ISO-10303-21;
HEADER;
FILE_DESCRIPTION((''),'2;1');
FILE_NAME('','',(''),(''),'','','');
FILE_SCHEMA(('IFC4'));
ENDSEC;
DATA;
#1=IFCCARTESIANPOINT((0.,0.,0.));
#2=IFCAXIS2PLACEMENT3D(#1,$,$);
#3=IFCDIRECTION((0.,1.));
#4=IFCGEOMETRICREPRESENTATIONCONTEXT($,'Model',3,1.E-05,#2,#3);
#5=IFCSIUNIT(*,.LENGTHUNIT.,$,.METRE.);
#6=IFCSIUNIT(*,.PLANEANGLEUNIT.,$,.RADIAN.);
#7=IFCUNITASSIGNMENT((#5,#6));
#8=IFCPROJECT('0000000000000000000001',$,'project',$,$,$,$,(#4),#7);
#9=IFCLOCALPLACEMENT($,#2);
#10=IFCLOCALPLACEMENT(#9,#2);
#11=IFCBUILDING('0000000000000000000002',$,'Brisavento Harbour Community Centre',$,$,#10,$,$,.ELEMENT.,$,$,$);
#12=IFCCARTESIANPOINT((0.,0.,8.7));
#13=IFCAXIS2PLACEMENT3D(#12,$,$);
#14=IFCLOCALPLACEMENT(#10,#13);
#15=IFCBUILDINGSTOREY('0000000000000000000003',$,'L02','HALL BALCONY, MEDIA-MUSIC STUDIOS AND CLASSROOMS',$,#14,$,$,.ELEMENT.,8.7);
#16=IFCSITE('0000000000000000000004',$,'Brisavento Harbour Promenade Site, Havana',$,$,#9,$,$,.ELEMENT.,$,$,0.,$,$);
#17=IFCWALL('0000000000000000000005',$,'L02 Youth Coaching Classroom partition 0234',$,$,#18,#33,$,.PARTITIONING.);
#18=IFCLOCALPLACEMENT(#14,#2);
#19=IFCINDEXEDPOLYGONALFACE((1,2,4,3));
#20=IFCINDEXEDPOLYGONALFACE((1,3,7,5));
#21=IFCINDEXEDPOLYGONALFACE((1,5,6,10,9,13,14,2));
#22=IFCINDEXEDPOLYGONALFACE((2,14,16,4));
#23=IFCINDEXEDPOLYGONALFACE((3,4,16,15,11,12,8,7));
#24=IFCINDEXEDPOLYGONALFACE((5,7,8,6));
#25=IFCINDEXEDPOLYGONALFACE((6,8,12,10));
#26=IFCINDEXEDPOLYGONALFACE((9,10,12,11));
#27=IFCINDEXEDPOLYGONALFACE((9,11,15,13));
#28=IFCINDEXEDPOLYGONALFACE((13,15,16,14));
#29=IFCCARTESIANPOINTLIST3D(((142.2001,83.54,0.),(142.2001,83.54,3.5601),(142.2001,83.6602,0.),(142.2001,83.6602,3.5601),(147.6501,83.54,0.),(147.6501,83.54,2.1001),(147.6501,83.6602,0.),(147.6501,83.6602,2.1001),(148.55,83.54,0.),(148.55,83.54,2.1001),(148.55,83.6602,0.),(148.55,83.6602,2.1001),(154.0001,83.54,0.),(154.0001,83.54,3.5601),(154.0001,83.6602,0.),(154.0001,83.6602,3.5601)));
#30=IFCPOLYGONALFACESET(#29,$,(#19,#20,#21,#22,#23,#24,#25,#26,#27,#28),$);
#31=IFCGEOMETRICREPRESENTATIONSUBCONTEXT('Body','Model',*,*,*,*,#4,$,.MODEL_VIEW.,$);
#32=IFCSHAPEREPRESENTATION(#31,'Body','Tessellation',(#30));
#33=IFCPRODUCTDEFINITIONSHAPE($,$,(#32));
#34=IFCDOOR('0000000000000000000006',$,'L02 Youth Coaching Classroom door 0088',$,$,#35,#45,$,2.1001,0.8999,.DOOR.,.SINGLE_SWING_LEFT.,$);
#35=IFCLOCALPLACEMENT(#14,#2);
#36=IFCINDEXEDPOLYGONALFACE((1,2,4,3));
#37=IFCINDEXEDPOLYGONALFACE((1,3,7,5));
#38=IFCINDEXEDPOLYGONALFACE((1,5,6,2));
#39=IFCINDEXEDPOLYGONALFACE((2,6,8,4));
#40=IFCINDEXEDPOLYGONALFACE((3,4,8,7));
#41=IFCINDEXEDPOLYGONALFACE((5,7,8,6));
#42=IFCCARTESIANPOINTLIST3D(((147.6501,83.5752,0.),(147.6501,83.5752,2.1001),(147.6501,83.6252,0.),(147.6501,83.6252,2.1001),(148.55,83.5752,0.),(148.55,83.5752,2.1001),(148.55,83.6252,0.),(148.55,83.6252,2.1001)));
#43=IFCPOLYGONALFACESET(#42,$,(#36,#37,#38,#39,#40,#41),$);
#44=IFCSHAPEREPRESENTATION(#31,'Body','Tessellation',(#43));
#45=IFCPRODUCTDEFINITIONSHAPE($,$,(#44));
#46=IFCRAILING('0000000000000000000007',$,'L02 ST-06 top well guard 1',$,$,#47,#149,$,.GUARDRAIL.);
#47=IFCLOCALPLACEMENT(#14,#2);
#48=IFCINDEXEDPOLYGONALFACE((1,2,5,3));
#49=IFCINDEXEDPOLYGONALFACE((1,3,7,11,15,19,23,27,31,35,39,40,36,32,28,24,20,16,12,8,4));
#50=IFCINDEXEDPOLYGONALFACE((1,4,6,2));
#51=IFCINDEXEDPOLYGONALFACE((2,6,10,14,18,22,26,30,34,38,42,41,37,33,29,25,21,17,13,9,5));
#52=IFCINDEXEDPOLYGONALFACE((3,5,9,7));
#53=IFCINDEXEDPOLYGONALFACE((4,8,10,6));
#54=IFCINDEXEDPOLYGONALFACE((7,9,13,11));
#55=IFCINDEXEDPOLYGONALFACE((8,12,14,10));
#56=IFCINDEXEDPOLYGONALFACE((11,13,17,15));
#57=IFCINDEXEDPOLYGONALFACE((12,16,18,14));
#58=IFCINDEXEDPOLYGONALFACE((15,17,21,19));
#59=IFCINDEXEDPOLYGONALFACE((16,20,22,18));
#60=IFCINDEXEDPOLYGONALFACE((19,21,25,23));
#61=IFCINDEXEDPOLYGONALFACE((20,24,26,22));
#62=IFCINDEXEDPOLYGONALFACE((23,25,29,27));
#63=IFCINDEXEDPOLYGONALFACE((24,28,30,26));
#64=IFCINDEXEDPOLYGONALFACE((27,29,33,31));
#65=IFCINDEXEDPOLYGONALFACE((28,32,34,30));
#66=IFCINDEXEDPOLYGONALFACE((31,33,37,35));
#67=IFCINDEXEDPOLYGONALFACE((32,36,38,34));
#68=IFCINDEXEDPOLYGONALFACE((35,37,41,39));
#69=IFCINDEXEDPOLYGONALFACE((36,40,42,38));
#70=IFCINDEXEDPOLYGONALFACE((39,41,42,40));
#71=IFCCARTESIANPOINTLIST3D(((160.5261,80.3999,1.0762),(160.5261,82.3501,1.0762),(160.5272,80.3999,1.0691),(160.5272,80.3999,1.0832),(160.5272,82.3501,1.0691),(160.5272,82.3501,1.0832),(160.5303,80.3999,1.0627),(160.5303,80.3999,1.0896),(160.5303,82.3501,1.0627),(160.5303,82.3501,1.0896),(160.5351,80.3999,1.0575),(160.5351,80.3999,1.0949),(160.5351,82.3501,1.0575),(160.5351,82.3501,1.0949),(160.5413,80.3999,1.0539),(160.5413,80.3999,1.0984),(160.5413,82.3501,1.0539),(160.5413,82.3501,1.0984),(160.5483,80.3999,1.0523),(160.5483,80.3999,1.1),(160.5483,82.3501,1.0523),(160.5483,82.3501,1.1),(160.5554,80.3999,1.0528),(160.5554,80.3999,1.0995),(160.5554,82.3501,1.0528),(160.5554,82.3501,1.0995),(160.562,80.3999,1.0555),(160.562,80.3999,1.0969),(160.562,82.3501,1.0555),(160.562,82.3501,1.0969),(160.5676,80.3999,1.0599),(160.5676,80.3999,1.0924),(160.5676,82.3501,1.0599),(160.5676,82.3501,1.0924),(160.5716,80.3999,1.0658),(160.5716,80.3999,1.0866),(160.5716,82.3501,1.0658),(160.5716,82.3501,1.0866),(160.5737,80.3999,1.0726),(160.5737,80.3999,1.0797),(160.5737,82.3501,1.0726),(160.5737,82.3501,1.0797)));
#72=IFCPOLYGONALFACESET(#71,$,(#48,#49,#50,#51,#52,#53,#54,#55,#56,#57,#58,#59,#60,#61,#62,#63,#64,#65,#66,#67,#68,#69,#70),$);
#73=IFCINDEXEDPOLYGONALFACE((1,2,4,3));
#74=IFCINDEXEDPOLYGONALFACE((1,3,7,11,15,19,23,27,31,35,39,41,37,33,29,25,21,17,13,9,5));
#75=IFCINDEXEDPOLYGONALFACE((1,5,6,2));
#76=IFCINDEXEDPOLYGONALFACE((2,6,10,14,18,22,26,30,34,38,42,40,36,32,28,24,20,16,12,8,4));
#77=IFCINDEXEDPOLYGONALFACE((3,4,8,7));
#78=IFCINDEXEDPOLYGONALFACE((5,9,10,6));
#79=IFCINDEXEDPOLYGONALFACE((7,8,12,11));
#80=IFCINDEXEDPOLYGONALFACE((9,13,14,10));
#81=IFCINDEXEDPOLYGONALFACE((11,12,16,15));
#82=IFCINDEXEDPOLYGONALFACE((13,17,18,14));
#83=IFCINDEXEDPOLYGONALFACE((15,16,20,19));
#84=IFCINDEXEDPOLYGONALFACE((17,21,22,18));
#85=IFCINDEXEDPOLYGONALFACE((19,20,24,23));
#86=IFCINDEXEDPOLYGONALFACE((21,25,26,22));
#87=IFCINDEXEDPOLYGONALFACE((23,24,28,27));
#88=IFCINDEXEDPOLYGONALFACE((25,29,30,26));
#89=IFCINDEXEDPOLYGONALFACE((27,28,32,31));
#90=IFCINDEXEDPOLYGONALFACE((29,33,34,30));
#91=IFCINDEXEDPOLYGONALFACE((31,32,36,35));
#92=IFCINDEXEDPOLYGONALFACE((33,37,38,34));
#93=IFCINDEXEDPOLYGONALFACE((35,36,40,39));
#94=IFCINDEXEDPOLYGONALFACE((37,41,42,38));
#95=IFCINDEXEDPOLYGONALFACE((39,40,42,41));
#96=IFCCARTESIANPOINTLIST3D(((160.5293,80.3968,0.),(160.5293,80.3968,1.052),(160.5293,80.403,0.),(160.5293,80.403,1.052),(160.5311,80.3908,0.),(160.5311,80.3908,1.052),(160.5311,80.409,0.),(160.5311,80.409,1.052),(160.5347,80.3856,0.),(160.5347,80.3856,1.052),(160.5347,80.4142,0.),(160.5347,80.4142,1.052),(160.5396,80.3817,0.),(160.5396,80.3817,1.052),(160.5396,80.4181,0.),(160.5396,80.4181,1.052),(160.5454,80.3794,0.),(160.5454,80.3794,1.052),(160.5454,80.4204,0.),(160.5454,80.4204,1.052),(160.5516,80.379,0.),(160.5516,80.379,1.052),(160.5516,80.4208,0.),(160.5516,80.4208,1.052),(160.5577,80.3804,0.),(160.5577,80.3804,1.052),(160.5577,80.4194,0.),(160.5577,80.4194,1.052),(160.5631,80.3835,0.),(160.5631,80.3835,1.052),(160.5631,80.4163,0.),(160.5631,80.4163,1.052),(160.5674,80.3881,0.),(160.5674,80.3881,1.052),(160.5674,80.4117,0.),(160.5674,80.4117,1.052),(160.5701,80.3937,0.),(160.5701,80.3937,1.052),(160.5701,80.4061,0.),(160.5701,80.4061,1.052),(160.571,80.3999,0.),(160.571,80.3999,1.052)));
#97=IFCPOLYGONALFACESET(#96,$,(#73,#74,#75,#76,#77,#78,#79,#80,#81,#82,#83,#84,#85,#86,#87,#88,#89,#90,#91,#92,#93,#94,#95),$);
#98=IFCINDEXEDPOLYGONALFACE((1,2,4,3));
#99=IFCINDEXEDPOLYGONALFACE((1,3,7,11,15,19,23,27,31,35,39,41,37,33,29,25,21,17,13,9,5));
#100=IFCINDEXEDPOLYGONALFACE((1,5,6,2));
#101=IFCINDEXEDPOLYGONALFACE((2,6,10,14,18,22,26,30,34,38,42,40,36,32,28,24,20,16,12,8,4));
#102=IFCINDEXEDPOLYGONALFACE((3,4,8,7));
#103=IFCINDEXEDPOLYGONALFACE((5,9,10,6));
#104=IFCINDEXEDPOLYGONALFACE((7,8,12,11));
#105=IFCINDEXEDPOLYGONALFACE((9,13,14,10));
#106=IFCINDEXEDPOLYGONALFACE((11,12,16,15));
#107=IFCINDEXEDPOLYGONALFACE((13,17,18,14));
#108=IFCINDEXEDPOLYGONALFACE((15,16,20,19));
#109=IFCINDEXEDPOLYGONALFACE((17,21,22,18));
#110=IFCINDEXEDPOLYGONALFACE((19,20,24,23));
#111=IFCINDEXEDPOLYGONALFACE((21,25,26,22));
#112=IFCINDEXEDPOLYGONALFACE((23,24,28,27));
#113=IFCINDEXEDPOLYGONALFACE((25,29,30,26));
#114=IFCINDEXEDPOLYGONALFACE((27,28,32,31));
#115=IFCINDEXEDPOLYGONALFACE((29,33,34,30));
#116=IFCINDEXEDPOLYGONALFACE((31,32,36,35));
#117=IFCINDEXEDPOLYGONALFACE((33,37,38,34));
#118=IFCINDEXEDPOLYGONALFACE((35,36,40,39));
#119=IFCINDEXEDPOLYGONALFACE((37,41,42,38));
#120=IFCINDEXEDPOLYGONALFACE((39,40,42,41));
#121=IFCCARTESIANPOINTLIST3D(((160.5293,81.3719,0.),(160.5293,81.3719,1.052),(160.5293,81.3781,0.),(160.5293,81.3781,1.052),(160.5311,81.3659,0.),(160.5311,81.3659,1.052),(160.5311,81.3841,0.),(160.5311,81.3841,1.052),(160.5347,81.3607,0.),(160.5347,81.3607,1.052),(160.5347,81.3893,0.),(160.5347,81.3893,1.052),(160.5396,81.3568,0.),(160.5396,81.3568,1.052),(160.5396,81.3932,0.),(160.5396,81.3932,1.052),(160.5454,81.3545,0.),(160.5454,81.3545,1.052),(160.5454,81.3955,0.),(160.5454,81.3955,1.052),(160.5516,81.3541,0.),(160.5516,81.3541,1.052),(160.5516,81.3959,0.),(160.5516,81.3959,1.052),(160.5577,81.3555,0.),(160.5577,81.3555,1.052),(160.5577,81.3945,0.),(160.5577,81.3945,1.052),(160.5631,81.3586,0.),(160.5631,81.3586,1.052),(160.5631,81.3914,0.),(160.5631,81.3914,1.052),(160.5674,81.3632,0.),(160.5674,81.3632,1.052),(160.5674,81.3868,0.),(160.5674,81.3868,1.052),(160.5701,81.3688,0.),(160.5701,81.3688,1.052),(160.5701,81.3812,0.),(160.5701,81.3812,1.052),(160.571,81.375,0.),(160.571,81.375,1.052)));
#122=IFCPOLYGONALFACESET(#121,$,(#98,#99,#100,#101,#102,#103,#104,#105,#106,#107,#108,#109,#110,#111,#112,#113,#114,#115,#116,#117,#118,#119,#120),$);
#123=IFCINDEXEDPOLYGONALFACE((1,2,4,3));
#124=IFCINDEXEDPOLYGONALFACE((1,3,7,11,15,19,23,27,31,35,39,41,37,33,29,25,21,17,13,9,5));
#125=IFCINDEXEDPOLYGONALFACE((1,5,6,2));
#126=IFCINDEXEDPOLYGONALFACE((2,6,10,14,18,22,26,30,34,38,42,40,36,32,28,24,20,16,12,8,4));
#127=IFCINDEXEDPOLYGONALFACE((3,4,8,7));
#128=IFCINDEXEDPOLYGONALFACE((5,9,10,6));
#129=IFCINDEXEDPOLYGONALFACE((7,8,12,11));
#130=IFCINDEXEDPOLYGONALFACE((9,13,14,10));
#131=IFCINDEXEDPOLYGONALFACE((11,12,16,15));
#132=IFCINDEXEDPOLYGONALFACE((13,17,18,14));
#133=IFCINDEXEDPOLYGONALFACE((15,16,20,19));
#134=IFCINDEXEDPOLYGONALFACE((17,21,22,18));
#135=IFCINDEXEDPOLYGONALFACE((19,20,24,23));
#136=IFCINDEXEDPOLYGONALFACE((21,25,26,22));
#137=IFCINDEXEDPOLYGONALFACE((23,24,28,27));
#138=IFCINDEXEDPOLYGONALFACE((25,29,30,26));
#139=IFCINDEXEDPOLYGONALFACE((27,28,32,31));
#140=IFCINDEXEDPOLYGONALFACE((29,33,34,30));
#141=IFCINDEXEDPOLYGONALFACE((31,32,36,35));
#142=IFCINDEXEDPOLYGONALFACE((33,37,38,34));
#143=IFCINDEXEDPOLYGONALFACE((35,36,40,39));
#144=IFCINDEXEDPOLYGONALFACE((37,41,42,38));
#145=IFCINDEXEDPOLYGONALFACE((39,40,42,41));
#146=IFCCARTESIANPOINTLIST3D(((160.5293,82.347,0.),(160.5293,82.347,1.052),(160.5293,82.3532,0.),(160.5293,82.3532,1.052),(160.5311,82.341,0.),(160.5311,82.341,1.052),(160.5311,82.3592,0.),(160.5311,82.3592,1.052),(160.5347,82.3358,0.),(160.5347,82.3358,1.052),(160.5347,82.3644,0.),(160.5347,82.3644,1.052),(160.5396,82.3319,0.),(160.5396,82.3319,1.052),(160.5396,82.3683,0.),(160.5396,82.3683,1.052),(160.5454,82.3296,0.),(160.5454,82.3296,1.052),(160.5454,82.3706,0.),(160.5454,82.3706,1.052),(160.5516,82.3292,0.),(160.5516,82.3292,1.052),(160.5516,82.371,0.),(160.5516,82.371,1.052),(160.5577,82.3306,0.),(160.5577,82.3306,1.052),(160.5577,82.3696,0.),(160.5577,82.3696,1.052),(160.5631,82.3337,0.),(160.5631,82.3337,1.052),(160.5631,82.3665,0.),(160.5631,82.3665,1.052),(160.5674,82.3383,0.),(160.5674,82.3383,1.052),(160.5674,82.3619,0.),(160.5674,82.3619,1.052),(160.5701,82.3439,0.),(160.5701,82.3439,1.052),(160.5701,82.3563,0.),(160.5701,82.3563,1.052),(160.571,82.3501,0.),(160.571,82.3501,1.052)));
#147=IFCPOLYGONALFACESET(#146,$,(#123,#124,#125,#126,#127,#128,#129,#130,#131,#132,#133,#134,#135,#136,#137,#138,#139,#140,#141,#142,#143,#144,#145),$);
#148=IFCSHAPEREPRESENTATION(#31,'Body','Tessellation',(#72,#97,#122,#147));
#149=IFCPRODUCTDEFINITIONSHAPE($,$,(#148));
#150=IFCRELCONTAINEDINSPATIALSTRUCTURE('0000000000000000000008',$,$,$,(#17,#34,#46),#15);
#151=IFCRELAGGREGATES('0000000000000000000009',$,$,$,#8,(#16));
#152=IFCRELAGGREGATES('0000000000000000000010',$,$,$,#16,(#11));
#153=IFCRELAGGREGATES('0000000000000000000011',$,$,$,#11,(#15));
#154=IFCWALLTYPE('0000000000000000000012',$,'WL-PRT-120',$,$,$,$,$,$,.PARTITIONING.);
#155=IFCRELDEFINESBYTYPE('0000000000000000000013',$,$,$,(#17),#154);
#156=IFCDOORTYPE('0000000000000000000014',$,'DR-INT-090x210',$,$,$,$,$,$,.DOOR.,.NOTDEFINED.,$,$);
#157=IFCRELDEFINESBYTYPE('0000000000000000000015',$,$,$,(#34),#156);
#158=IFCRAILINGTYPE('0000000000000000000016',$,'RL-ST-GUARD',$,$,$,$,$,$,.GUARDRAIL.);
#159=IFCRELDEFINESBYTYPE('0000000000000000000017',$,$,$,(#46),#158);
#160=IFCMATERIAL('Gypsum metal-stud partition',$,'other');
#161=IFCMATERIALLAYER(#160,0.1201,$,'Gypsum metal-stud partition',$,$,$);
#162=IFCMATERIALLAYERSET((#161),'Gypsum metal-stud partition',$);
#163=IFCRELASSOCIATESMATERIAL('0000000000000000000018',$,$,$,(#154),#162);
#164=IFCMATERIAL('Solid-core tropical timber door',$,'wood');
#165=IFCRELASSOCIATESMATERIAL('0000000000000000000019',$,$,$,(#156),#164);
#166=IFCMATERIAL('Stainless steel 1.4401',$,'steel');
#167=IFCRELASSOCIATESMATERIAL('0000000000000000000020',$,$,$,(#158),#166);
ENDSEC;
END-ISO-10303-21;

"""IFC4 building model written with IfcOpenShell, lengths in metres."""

from ifc_helpers import new_model, si_unit, direction, frame, frame_2d, origin, origin_2d, place, context, subcontext, project, spatial, rectangle, circle, extrude, material, layer, layer_set, type_object, element, fill, save


model = new_model("IFC4")

# Units and contexts
model_context = context("Model", 3, precision=1e-05, world=origin(), true_north=direction((0.0, 1.0)))
body_context = subcontext(model_context, "Body", "Model", "MODEL_VIEW")
ifc_project = project(units=[si_unit("LENGTHUNIT", "METRE"), si_unit("PLANEANGLEUNIT", "RADIAN")], contexts=[model_context])

# Site, building, storey
site_placement = place(None, origin())
site = spatial("IfcSite", under=ifc_project, at=site_placement, Name="Brisavento Harbour Promenade Site, Havana", CompositionType="ELEMENT", RefElevation=0.0)
building_placement = place(site_placement, origin())
building = spatial("IfcBuilding", under=site, at=building_placement, Name="Brisavento Harbour Community Centre", CompositionType="ELEMENT")
storey_placement = place(building_placement, frame((0.0, 0.0, 8.7)))
storey = spatial("IfcBuildingStorey", under=building, at=storey_placement, Name="L02", Description="HALL BALCONY, MEDIA-MUSIC STUDIOS AND CLASSROOMS", CompositionType="ELEMENT", Elevation=8.7)

# Wall, opening, door
ifc_material_1 = material(Name="Gypsum metal-stud partition", Category="other")
ifc_layer_1 = layer(ifc_material_1, 0.1201, Name="Gypsum metal-stud partition")
ifc_layer_set_1 = layer_set([ifc_layer_1], Name="Gypsum metal-stud partition")
wall_type_1 = type_object("IfcWallType", Name="WL-PRT-120", PredefinedType="PARTITIONING", material=ifc_layer_set_1)
wall_1_placement = place(storey_placement, frame((154.0, 83.6001, 0.0), z_axis=(0.0, 0.0, 1.0), x_axis=(-1.0, 0.0, 0.0)))
wall_1 = element("IfcWall", 1, at=wall_1_placement, inside=storey, type_object=wall_type_1, Name="L02 Youth Coaching Classroom partition 0234", PredefinedType="PARTITIONING", context=body_context, shape_type="SweptSolid", body=[
    extrude(rectangle(XDim=11.8, YDim=0.1201, at=frame_2d((5.8999, 0.0))), origin(), (0.0, 0.0, 1.0), 3.5601),
])
opening_1_placement = place(wall_1_placement, frame((5.45, 0.0, 0.0)))
opening_1 = element("IfcOpeningElement", 2, at=opening_1_placement, cuts=wall_1, PredefinedType="OPENING", context=body_context, shape_type="SweptSolid", body=[
    extrude(rectangle(XDim=0.8999, YDim=2.1001, at=frame_2d((0.45, 1.05))), frame((0.0, 0.0701, 0.0), z_axis=(0.0, -1.0, 0.0), x_axis=(1.0, 0.0, 0.0)), (0.0, 0.0, 1.0), 0.1401),
])
ifc_material_2 = material(Name="Solid-core tropical timber door", Category="wood")
door_type = type_object("IfcDoorType", Name="DR-INT-090x210", OperationType="NOTDEFINED", PredefinedType="DOOR", material=ifc_material_2)
door_placement = place(opening_1_placement, origin())
door = element("IfcDoor", 3, at=door_placement, inside=storey, type_object=door_type, Name="L02 Youth Coaching Classroom door 0088", OperationType="SINGLE_SWING_LEFT", OverallHeight=2.1001, OverallWidth=0.8999, PredefinedType="DOOR", context=body_context, shape_type="SweptSolid", body=[
    extrude(rectangle(XDim=0.8999, YDim=2.1001, at=frame_2d((0.45, 1.05))), frame((0.0, 0.0249, 0.0), z_axis=(0.0, -1.0, 0.0), x_axis=(1.0, 0.0, 0.0)), (0.0, 0.0, 1.0), 0.05),
])
fill(opening_1, door)

# Railing
ifc_material_3 = material(Name="Stainless steel 1.4401", Category="steel")
railing_type = type_object("IfcRailingType", Name="RL-ST-GUARD", PredefinedType="GUARDRAIL", material=ifc_material_3)
railing_placement = place(storey_placement, frame((160.55, 80.3999, 0.0)))
element("IfcRailing", 4, at=railing_placement, inside=storey, type_object=railing_type, Name="L02 ST-06 top well guard 1", PredefinedType="GUARDRAIL", context=body_context, shape_type="SweptSolid", body=[
    extrude(circle(Radius=0.0239, at=origin_2d()), frame((0.0, 0.0, 1.0762), z_axis=(0.0, 1.0, 0.0), x_axis=(-1.0, 0.0, 0.0)), (0.0, 0.0, 1.0), 1.9502),
    extrude(circle(Radius=0.021, at=origin_2d()), origin(), (0.0, 0.0, 1.0), 1.052),
    extrude(circle(Radius=0.021, at=origin_2d()), frame((0.0, 0.9751, 0.0)), (0.0, 0.0, 1.0), 1.052),
    extrude(circle(Radius=0.021, at=origin_2d()), frame((0.0, 1.9502, 0.0)), (0.0, 0.0, 1.0), 1.052),
])

save(model, "model.ifc")
